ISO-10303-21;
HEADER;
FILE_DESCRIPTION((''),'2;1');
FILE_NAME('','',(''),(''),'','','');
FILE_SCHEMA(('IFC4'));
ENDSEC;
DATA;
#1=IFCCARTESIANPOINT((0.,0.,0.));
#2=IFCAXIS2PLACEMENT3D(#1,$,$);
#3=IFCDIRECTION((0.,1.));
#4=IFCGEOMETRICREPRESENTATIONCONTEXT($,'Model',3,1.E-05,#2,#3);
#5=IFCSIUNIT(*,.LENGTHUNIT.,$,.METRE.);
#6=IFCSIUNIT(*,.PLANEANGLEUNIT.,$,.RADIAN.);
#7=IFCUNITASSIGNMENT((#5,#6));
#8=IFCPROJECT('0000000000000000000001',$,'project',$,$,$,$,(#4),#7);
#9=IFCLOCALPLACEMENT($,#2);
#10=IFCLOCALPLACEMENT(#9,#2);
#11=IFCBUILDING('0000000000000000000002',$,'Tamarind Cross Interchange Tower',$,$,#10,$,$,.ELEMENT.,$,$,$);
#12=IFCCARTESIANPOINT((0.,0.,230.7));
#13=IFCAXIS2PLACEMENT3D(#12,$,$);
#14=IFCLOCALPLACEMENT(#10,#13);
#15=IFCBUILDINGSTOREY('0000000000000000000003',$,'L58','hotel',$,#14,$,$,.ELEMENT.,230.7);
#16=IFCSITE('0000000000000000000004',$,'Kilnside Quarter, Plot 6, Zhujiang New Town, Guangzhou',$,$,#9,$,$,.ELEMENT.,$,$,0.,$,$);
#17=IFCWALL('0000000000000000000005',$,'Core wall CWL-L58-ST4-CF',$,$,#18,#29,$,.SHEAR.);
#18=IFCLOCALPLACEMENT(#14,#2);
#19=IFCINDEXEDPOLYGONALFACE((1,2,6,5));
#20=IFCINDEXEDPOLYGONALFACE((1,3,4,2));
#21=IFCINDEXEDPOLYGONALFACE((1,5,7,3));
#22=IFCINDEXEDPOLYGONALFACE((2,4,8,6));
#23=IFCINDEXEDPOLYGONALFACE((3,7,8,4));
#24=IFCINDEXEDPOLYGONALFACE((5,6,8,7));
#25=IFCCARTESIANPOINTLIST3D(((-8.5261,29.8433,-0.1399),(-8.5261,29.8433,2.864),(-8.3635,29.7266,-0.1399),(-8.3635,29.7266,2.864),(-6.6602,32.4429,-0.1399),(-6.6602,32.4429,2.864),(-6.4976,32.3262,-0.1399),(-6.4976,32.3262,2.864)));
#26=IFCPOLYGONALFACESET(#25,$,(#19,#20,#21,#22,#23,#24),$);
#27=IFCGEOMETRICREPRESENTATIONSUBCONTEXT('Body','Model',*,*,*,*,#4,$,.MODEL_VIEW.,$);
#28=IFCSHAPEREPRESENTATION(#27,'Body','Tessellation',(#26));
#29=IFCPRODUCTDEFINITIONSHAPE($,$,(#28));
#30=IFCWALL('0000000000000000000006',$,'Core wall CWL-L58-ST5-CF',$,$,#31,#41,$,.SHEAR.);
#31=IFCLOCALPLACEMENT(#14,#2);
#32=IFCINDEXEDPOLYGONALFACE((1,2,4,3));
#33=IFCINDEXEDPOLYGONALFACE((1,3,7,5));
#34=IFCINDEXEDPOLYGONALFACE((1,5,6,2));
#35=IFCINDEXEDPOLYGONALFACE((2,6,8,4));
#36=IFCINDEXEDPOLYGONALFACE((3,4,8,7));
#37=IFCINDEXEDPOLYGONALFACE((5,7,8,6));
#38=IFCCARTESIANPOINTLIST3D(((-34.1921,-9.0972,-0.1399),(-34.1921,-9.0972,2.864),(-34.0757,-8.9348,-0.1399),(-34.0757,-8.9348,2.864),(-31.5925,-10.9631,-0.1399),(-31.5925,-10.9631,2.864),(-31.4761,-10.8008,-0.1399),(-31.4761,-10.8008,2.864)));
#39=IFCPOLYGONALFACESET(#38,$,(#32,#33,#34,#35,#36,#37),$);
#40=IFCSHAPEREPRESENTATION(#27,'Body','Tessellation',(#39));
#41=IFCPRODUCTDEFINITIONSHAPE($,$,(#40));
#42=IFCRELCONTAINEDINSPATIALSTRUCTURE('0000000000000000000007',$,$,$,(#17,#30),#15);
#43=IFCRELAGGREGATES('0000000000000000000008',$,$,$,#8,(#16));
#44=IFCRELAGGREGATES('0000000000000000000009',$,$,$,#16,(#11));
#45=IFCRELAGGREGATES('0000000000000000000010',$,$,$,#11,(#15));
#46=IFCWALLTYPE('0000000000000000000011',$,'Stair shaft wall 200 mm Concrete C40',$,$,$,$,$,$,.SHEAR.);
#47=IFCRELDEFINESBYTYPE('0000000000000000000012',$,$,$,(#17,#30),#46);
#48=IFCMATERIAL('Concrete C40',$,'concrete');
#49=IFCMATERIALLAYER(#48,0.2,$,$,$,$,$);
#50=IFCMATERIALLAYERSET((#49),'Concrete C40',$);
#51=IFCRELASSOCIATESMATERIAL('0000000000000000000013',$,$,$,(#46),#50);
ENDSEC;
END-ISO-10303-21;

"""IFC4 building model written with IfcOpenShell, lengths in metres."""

from ifc_helpers import new_model, si_unit, direction, frame, origin, place, context, subcontext, project, spatial, polyline, outline, extrude, material, layer, layer_set, type_object, element, save


model = new_model("IFC4")

# Units and contexts
model_context = context("Model", 3, precision=1e-05, world=origin(), true_north=direction((0.0, 1.0)))
body_context = subcontext(model_context, "Body", "Model", "MODEL_VIEW")
ifc_project = project(units=[si_unit("LENGTHUNIT", "METRE"), si_unit("PLANEANGLEUNIT", "RADIAN")], contexts=[model_context])

# Site, building, storey
site_placement = place(None, origin())
site = spatial("IfcSite", under=ifc_project, at=site_placement, Name="Kilnside Quarter, Plot 6, Zhujiang New Town, Guangzhou", CompositionType="ELEMENT", RefElevation=0.0)
building_placement = place(site_placement, origin())
building = spatial("IfcBuilding", under=site, at=building_placement, Name="Tamarind Cross Interchange Tower", CompositionType="ELEMENT")
storey_placement = place(building_placement, frame((0.0, 0.0, 230.7)))
storey = spatial("IfcBuildingStorey", under=building, at=storey_placement, Name="L58", Description="hotel", CompositionType="ELEMENT", Elevation=230.7)

# Shared definitions
ifc_material_1 = material(Name="Concrete C40", Category="concrete")

# Walls
ifc_layer_1 = layer(ifc_material_1, 0.2)
ifc_layer_set_1 = layer_set([ifc_layer_1], Name="Concrete C40")
wall_type_1 = type_object("IfcWallType", Name="Stair shaft wall 200 mm Concrete C40", PredefinedType="SHEAR", material=ifc_layer_set_1)
wall_1_placement = place(storey_placement, frame((0.0, 0.0, -0.1399)))
element("IfcWall", 1, at=wall_1_placement, inside=storey, type_object=wall_type_1, Name="Core wall CWL-L58-ST4-CF", PredefinedType="SHEAR", context=body_context, shape_type="SweptSolid", body=[
    extrude(outline(polyline([(-6.4976, 32.3262), (-6.6602, 32.4429), (-8.5261, 29.8433), (-8.3635, 29.7266), (-6.4976, 32.3262)])), origin(), (0.0, 0.0, 1.0), 3.0039),
])
wall_2_placement = place(storey_placement, frame((0.0, 0.0, -0.1399)))
element("IfcWall", 2, at=wall_2_placement, inside=storey, type_object=wall_type_1, Name="Core wall CWL-L58-ST5-CF", PredefinedType="SHEAR", context=body_context, shape_type="SweptSolid", body=[
    extrude(outline(polyline([(-34.0757, -8.9348), (-34.1921, -9.0972), (-31.5925, -10.9631), (-31.4761, -10.8008), (-34.0757, -8.9348)])), origin(), (0.0, 0.0, 1.0), 3.0039),
])

save(model, "model.ifc")
